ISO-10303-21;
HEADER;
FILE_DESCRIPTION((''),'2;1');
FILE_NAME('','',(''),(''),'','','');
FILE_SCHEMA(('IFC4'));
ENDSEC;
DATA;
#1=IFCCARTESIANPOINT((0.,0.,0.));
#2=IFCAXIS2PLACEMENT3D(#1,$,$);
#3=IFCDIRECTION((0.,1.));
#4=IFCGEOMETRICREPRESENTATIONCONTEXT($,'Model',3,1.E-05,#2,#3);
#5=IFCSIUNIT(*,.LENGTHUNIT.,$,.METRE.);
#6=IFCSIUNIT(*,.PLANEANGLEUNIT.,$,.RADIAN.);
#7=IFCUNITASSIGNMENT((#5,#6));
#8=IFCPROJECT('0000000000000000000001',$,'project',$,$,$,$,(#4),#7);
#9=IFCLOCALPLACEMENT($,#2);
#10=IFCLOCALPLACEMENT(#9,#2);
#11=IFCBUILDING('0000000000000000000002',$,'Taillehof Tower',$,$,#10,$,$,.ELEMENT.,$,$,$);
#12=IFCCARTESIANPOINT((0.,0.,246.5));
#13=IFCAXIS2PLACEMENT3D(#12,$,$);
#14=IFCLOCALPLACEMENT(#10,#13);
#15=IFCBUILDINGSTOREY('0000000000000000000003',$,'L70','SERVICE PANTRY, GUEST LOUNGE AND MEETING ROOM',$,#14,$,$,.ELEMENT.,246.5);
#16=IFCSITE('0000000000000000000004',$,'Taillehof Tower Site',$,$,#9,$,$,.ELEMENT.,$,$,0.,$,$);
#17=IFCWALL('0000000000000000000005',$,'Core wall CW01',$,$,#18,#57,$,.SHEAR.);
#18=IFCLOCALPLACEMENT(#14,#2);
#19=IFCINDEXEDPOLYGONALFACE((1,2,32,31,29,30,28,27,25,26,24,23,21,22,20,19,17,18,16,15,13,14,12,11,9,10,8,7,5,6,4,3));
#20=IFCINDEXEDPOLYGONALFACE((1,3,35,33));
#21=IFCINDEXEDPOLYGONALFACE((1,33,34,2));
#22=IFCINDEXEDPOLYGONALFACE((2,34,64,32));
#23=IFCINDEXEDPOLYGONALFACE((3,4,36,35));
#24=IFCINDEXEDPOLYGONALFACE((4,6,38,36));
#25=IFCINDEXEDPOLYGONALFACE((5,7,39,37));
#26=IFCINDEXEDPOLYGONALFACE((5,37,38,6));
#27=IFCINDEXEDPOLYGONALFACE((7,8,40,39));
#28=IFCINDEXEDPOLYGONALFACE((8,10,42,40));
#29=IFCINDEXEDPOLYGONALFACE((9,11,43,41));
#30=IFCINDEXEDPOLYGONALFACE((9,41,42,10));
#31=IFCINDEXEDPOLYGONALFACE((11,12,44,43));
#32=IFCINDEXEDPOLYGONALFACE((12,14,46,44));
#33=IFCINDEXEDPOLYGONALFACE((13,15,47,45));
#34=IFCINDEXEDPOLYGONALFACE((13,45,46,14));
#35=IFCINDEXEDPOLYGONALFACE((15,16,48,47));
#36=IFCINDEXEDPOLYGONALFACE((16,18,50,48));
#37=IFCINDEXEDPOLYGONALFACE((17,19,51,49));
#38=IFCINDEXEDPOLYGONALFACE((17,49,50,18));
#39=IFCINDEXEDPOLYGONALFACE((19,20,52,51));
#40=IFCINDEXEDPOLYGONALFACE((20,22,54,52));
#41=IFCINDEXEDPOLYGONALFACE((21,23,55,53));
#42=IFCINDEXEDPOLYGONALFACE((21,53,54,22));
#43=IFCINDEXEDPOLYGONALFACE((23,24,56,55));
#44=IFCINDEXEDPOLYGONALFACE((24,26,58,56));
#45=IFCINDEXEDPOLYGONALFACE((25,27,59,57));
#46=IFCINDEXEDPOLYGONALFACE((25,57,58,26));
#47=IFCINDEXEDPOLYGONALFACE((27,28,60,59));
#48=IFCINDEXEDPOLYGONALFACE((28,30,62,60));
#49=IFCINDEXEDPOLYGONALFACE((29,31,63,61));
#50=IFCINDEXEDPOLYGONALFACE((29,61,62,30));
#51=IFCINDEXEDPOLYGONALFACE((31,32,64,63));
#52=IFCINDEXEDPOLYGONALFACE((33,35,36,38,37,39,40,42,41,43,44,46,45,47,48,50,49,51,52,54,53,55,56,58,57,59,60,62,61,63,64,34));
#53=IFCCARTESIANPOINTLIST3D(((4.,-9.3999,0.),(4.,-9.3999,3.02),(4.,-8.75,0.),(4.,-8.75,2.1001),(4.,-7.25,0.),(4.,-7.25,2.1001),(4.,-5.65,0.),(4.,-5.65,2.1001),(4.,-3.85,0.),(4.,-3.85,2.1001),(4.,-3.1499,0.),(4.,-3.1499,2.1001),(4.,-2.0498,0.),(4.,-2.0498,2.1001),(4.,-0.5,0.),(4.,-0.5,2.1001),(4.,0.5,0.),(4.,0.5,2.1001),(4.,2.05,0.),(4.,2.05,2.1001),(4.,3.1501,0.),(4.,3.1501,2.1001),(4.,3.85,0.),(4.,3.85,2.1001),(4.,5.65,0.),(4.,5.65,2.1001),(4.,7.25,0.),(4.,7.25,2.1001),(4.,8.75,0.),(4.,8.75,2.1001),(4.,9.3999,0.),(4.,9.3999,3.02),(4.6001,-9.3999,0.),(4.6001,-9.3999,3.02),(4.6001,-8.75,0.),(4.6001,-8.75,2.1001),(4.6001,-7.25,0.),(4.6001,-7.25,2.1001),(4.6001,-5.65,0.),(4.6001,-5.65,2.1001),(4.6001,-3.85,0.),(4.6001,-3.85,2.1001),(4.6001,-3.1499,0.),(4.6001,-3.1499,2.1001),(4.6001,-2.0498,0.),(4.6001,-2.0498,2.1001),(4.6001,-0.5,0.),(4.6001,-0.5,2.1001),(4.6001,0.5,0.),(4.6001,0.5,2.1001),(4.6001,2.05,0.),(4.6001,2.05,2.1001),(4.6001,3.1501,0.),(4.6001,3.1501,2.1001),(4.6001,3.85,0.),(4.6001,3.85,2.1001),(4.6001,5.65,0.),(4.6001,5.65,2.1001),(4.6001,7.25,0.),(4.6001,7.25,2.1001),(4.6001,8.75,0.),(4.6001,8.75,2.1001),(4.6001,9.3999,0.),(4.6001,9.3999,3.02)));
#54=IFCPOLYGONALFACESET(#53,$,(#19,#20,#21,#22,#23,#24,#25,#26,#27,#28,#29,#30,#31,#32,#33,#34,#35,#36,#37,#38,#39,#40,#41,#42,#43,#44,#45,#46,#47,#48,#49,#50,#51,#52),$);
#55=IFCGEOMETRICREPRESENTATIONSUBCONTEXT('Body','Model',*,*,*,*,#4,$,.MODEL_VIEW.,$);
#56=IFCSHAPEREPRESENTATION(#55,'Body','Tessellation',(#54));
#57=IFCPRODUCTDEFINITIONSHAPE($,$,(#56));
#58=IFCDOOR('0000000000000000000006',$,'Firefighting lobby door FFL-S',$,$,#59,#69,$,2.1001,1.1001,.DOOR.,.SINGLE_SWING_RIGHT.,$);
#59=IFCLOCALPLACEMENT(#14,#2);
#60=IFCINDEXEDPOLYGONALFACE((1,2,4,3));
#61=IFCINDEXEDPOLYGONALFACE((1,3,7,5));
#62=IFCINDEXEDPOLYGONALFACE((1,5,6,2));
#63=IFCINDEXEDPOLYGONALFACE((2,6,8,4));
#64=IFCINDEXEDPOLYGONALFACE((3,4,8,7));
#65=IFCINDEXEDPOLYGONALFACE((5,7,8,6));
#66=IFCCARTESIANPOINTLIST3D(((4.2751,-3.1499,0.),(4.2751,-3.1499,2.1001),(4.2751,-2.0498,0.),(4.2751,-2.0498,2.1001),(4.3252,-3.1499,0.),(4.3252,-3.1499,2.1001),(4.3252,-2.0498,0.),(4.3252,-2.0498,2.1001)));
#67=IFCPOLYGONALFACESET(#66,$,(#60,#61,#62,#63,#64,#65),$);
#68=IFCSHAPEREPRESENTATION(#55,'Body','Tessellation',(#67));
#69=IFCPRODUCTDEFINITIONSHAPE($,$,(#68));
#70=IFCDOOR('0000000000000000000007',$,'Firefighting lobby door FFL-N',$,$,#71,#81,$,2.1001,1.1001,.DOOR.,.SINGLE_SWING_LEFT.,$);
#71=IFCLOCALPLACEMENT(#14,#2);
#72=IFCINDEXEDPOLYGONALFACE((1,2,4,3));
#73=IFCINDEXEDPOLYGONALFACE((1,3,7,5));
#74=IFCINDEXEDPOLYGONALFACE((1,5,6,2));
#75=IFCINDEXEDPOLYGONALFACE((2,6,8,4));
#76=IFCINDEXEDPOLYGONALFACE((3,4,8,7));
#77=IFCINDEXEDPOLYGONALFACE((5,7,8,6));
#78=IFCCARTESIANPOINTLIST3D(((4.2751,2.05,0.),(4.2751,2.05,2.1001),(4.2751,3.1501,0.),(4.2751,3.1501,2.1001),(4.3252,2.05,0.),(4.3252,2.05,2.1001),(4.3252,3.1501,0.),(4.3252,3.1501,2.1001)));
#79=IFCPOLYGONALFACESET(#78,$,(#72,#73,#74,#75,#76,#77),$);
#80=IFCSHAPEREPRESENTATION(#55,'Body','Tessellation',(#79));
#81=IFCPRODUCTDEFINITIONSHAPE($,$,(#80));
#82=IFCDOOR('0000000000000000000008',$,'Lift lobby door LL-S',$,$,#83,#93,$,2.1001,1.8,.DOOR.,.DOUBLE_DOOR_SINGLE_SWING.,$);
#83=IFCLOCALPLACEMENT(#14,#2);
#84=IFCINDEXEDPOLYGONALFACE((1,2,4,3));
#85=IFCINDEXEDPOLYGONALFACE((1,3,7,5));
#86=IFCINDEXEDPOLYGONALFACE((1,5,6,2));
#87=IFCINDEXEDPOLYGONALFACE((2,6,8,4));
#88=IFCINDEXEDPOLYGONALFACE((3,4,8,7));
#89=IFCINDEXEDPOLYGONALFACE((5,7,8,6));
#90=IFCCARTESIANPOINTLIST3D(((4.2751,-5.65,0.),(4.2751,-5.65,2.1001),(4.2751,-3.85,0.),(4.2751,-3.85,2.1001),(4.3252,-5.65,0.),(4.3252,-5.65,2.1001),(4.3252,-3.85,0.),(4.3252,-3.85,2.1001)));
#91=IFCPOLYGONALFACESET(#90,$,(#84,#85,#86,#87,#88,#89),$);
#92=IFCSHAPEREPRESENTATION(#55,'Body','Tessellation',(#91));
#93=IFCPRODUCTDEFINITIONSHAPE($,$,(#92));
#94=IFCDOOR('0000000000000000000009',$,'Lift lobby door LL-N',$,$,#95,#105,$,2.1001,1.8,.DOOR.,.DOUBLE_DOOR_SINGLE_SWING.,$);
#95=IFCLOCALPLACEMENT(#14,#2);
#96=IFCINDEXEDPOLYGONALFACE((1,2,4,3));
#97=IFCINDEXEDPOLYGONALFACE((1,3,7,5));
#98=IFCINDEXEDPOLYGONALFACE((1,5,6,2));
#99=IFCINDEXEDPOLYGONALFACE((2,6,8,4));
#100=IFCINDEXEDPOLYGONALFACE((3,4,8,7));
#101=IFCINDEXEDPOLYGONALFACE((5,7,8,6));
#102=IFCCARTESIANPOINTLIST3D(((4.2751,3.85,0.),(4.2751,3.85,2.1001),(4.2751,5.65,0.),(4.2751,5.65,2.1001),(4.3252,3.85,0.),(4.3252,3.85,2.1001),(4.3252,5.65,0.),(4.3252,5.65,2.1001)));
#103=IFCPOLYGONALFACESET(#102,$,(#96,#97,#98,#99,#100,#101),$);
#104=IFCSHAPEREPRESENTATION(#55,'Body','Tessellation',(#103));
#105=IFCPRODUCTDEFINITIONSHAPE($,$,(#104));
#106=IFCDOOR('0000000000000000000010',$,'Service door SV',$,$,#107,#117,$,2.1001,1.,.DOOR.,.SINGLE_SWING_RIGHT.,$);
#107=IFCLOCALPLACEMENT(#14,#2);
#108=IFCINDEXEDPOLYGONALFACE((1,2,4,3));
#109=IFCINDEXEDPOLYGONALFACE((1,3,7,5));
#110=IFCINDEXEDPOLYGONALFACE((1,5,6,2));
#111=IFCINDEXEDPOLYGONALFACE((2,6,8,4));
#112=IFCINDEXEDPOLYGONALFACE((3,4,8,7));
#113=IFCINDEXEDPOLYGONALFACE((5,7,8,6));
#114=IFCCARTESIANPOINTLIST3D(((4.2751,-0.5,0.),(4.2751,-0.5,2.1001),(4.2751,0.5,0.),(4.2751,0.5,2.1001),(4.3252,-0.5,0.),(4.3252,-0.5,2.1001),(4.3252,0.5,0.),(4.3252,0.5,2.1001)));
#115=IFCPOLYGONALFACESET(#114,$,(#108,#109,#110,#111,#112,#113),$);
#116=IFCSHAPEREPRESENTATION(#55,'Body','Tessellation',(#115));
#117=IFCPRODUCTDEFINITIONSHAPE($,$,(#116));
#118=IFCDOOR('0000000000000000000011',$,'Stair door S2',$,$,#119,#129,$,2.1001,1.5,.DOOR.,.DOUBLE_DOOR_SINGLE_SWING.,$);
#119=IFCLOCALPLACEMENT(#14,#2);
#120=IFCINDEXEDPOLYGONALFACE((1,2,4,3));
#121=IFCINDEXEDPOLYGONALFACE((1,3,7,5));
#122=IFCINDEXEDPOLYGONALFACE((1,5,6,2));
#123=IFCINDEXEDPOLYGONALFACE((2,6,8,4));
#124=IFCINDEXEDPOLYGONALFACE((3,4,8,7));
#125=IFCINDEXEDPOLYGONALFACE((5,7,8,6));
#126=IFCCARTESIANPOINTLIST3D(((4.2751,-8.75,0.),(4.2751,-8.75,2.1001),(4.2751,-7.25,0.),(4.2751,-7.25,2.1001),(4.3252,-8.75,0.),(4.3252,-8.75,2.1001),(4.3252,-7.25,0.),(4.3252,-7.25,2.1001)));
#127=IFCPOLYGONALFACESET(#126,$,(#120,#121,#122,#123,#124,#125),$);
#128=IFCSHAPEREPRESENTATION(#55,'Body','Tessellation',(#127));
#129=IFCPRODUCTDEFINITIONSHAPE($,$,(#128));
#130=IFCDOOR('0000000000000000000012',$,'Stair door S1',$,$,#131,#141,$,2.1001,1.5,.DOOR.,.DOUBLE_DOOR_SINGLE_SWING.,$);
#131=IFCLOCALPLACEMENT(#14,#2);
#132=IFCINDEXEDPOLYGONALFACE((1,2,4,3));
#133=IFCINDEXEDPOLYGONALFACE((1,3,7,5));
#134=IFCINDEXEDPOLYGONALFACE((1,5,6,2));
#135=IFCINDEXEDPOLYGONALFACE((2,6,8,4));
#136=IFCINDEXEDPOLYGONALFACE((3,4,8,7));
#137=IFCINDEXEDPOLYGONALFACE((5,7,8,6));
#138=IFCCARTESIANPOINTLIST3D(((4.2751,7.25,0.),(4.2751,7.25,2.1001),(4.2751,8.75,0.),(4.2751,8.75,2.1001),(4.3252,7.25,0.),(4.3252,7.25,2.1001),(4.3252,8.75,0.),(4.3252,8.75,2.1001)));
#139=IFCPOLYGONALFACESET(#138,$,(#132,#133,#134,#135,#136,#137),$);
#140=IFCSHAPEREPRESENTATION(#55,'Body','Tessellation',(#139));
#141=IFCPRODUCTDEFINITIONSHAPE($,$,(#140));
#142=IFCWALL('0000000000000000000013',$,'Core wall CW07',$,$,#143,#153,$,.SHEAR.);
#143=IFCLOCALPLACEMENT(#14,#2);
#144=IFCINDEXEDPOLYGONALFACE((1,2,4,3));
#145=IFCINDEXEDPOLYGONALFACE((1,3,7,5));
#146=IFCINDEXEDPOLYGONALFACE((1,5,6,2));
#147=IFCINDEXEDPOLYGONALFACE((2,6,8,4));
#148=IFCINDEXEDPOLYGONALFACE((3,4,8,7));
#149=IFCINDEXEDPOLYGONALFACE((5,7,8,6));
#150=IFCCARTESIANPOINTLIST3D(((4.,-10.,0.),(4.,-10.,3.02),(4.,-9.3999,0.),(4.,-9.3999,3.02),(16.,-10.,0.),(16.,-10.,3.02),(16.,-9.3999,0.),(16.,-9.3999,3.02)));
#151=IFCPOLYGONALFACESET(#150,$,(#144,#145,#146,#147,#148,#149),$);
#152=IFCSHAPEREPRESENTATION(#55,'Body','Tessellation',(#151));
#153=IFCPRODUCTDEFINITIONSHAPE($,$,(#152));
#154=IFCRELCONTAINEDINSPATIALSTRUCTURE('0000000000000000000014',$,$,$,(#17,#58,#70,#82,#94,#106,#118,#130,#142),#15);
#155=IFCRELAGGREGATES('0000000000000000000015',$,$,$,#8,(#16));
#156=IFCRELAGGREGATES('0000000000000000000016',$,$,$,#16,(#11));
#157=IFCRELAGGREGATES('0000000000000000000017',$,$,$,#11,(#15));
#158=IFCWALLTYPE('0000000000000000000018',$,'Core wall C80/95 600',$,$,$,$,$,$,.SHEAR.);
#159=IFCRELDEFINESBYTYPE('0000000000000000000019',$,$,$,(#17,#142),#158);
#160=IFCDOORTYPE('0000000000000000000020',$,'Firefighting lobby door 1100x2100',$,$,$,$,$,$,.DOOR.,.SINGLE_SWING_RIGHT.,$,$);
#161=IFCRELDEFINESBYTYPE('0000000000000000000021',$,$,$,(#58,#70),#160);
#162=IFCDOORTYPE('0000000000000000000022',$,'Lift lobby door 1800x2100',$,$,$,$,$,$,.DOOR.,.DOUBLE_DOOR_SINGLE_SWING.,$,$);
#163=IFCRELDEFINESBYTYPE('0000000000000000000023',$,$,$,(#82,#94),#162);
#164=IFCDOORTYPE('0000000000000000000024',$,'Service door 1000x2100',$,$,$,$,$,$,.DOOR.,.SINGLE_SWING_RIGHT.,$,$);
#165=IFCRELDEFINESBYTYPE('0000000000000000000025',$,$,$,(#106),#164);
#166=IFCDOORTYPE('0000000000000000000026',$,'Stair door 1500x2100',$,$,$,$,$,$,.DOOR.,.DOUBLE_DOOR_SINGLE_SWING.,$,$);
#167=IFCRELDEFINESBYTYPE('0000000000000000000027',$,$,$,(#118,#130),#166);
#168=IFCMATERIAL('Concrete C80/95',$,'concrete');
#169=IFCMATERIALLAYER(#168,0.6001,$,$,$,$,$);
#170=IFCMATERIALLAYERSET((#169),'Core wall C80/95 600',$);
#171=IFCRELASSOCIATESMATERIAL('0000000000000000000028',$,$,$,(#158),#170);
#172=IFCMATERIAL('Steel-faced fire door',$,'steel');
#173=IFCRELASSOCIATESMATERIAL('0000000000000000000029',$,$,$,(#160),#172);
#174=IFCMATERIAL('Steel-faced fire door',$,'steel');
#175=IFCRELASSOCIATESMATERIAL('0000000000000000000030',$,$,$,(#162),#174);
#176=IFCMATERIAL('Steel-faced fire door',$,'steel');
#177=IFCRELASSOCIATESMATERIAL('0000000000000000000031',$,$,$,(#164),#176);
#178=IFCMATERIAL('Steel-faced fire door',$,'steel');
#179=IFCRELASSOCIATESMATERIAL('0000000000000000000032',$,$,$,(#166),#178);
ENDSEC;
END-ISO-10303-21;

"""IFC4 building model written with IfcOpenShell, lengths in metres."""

from ifc_helpers import new_model, si_unit, direction, frame, frame_2d, origin, place, context, subcontext, project, spatial, rectangle, extrude, material, layer, layer_set, type_object, element, fill, save


model = new_model("IFC4")

# Units and contexts
model_context = context("Model", 3, precision=1e-05, world=origin(), true_north=direction((0.0, 1.0)))
body_context = subcontext(model_context, "Body", "Model", "MODEL_VIEW")
ifc_project = project(units=[si_unit("LENGTHUNIT", "METRE"), si_unit("PLANEANGLEUNIT", "RADIAN")], contexts=[model_context])

# Site, building, storey
site_placement = place(None, origin())
site = spatial("IfcSite", under=ifc_project, at=site_placement, Name="Taillehof Tower Site", CompositionType="ELEMENT", RefElevation=0.0)
building_placement = place(site_placement, origin())
building = spatial("IfcBuilding", under=site, at=building_placement, Name="Taillehof Tower", CompositionType="ELEMENT")
storey_placement = place(building_placement, frame((0.0, 0.0, 246.5)))
storey = spatial("IfcBuildingStorey", under=building, at=storey_placement, Name="L70", Description="SERVICE PANTRY, GUEST LOUNGE AND MEETING ROOM", CompositionType="ELEMENT", Elevation=246.5)

# Wall, openings, doors
ifc_material_1 = material(Name="Concrete C80/95", Category="concrete")
ifc_layer_1 = layer(ifc_material_1, 0.6001)
ifc_layer_set_1 = layer_set([ifc_layer_1], Name="Core wall C80/95 600")
wall_type_1 = type_object("IfcWallType", Name="Core wall C80/95 600", PredefinedType="SHEAR", material=ifc_layer_set_1)
wall_1_placement = place(storey_placement, frame((4.3, -9.3999, 0.0), z_axis=(0.0, 0.0, 1.0), x_axis=(0.0, 1.0, 0.0)))
wall_1 = element("IfcWall", 1, at=wall_1_placement, inside=storey, type_object=wall_type_1, Name="Core wall CW01", PredefinedType="SHEAR", context=body_context, shape_type="SweptSolid", body=[
    extrude(rectangle(XDim=18.7998, YDim=0.6001, at=frame_2d((9.3999, 0.0))), origin(), (0.0, 0.0, 1.0), 3.02),
])
opening_1_placement = place(wall_1_placement, frame((0.6499, 0.0, 0.0)))
opening_1 = element("IfcOpeningElement", 2, at=opening_1_placement, cuts=wall_1, PredefinedType="OPENING", context=body_context, shape_type="SweptSolid", body=[
    extrude(rectangle(XDim=1.5, YDim=2.1001, at=frame_2d((0.75, 1.05))), frame((0.0, 0.3101, 0.0), z_axis=(0.0, -1.0, 0.0), x_axis=(1.0, 0.0, 0.0)), (0.0, 0.0, 1.0), 0.6201),
])
opening_2_placement = place(wall_1_placement, frame((3.75, 0.0, 0.0)))
opening_2 = element("IfcOpeningElement", 3, at=opening_2_placement, cuts=wall_1, PredefinedType="OPENING", context=body_context, shape_type="SweptSolid", body=[
    extrude(rectangle(XDim=1.8, YDim=2.1001, at=frame_2d((0.8999, 1.05))), frame((0.0, 0.3101, 0.0), z_axis=(0.0, -1.0, 0.0), x_axis=(1.0, 0.0, 0.0)), (0.0, 0.0, 1.0), 0.6201),
])
opening_3_placement = place(wall_1_placement, frame((6.25, 0.0, 0.0)))
opening_3 = element("IfcOpeningElement", 4, at=opening_3_placement, cuts=wall_1, PredefinedType="OPENING", context=body_context, shape_type="SweptSolid", body=[
    extrude(rectangle(XDim=1.1001, YDim=2.1001, at=frame_2d((0.55, 1.05))), frame((0.0, 0.3101, 0.0), z_axis=(0.0, -1.0, 0.0), x_axis=(1.0, 0.0, 0.0)), (0.0, 0.0, 1.0), 0.6201),
])
opening_4_placement = place(wall_1_placement, frame((8.8999, 0.0, 0.0)))
opening_4 = element("IfcOpeningElement", 5, at=opening_4_placement, cuts=wall_1, PredefinedType="OPENING", context=body_context, shape_type="SweptSolid", body=[
    extrude(rectangle(XDim=1.0, YDim=2.1001, at=frame_2d((0.5, 1.05))), frame((0.0, 0.3101, 0.0), z_axis=(0.0, -1.0, 0.0), x_axis=(1.0, 0.0, 0.0)), (0.0, 0.0, 1.0), 0.6201),
])
opening_5_placement = place(wall_1_placement, frame((11.45, 0.0, 0.0)))
opening_5 = element("IfcOpeningElement", 6, at=opening_5_placement, cuts=wall_1, PredefinedType="OPENING", context=body_context, shape_type="SweptSolid", body=[
    extrude(rectangle(XDim=1.1001, YDim=2.1001, at=frame_2d((0.55, 1.05))), frame((0.0, 0.3101, 0.0), z_axis=(0.0, -1.0, 0.0), x_axis=(1.0, 0.0, 0.0)), (0.0, 0.0, 1.0), 0.6201),
])
opening_6_placement = place(wall_1_placement, frame((13.25, 0.0, 0.0)))
opening_6 = element("IfcOpeningElement", 7, at=opening_6_placement, cuts=wall_1, PredefinedType="OPENING", context=body_context, shape_type="SweptSolid", body=[
    extrude(rectangle(XDim=1.8, YDim=2.1001, at=frame_2d((0.8999, 1.05))), frame((0.0, 0.3101, 0.0), z_axis=(0.0, -1.0, 0.0), x_axis=(1.0, 0.0, 0.0)), (0.0, 0.0, 1.0), 0.6201),
])
opening_7_placement = place(wall_1_placement, frame((16.6499, 0.0, 0.0)))
opening_7 = element("IfcOpeningElement", 8, at=opening_7_placement, cuts=wall_1, PredefinedType="OPENING", context=body_context, shape_type="SweptSolid", body=[
    extrude(rectangle(XDim=1.5, YDim=2.1001, at=frame_2d((0.75, 1.05))), frame((0.0, 0.3101, 0.0), z_axis=(0.0, -1.0, 0.0), x_axis=(1.0, 0.0, 0.0)), (0.0, 0.0, 1.0), 0.6201),
])
ifc_material_2 = material(Name="Steel-faced fire door", Category="steel")
door_type_1 = type_object("IfcDoorType", Name="Firefighting lobby door 1100x2100", OperationType="SINGLE_SWING_RIGHT", PredefinedType="DOOR", material=ifc_material_2)
door_1_placement = place(opening_3_placement, origin())
door_1 = element("IfcDoor", 9, at=door_1_placement, inside=storey, type_object=door_type_1, Name="Firefighting lobby door FFL-S", OperationType="SINGLE_SWING_RIGHT", OverallHeight=2.1001, OverallWidth=1.1001, PredefinedType="DOOR", context=body_context, shape_type="SweptSolid", body=[
    extrude(rectangle(XDim=1.1001, YDim=2.1001, at=frame_2d((0.55, 1.05))), frame((0.0, 0.0249, 0.0), z_axis=(0.0, -1.0, 0.0), x_axis=(1.0, 0.0, 0.0)), (0.0, 0.0, 1.0), 0.05),
])
fill(opening_3, door_1)
door_2_placement = place(opening_5_placement, origin())
door_2 = element("IfcDoor", 10, at=door_2_placement, inside=storey, type_object=door_type_1, Name="Firefighting lobby door FFL-N", OperationType="SINGLE_SWING_LEFT", OverallHeight=2.1001, OverallWidth=1.1001, PredefinedType="DOOR", context=body_context, shape_type="SweptSolid", body=[
    extrude(rectangle(XDim=1.1001, YDim=2.1001, at=frame_2d((0.55, 1.05))), frame((0.0, 0.0249, 0.0), z_axis=(0.0, -1.0, 0.0), x_axis=(1.0, 0.0, 0.0)), (0.0, 0.0, 1.0), 0.05),
])
fill(opening_5, door_2)
ifc_material_3 = material(Name="Steel-faced fire door", Category="steel")
door_type_2 = type_object("IfcDoorType", Name="Lift lobby door 1800x2100", OperationType="DOUBLE_DOOR_SINGLE_SWING", PredefinedType="DOOR", material=ifc_material_3)
door_3_placement = place(opening_2_placement, origin())
door_3 = element("IfcDoor", 11, at=door_3_placement, inside=storey, type_object=door_type_2, Name="Lift lobby door LL-S", OperationType="DOUBLE_DOOR_SINGLE_SWING", OverallHeight=2.1001, OverallWidth=1.8, PredefinedType="DOOR", context=body_context, shape_type="SweptSolid", body=[
    extrude(rectangle(XDim=1.8, YDim=2.1001, at=frame_2d((0.8999, 1.05))), frame((0.0, 0.0249, 0.0), z_axis=(0.0, -1.0, 0.0), x_axis=(1.0, 0.0, 0.0)), (0.0, 0.0, 1.0), 0.05),
])
fill(opening_2, door_3)
door_4_placement = place(opening_6_placement, origin())
door_4 = element("IfcDoor", 12, at=door_4_placement, inside=storey, type_object=door_type_2, Name="Lift lobby door LL-N", OperationType="DOUBLE_DOOR_SINGLE_SWING", OverallHeight=2.1001, OverallWidth=1.8, PredefinedType="DOOR", context=body_context, shape_type="SweptSolid", body=[
    extrude(rectangle(XDim=1.8, YDim=2.1001, at=frame_2d((0.8999, 1.05))), frame((0.0, 0.0249, 0.0), z_axis=(0.0, -1.0, 0.0), x_axis=(1.0, 0.0, 0.0)), (0.0, 0.0, 1.0), 0.05),
])
fill(opening_6, door_4)
ifc_material_4 = material(Name="Steel-faced fire door", Category="steel")
door_type_3 = type_object("IfcDoorType", Name="Service door 1000x2100", OperationType="SINGLE_SWING_RIGHT", PredefinedType="DOOR", material=ifc_material_4)
door_5_placement = place(opening_4_placement, origin())
door_5 = element("IfcDoor", 13, at=door_5_placement, inside=storey, type_object=door_type_3, Name="Service door SV", OperationType="SINGLE_SWING_RIGHT", OverallHeight=2.1001, OverallWidth=1.0, PredefinedType="DOOR", context=body_context, shape_type="SweptSolid", body=[
    extrude(rectangle(XDim=1.0, YDim=2.1001, at=frame_2d((0.5, 1.05))), frame((0.0, 0.0249, 0.0), z_axis=(0.0, -1.0, 0.0), x_axis=(1.0, 0.0, 0.0)), (0.0, 0.0, 1.0), 0.05),
])
fill(opening_4, door_5)
ifc_material_5 = material(Name="Steel-faced fire door", Category="steel")
door_type_4 = type_object("IfcDoorType", Name="Stair door 1500x2100", OperationType="DOUBLE_DOOR_SINGLE_SWING", PredefinedType="DOOR", material=ifc_material_5)
door_6_placement = place(opening_1_placement, origin())
door_6 = element("IfcDoor", 14, at=door_6_placement, inside=storey, type_object=door_type_4, Name="Stair door S2", OperationType="DOUBLE_DOOR_SINGLE_SWING", OverallHeight=2.1001, OverallWidth=1.5, PredefinedType="DOOR", context=body_context, shape_type="SweptSolid", body=[
    extrude(rectangle(XDim=1.5, YDim=2.1001, at=frame_2d((0.75, 1.05))), frame((0.0, 0.0249, 0.0), z_axis=(0.0, -1.0, 0.0), x_axis=(1.0, 0.0, 0.0)), (0.0, 0.0, 1.0), 0.05),
])
fill(opening_1, door_6)
door_7_placement = place(opening_7_placement, origin())
door_7 = element("IfcDoor", 15, at=door_7_placement, inside=storey, type_object=door_type_4, Name="Stair door S1", OperationType="DOUBLE_DOOR_SINGLE_SWING", OverallHeight=2.1001, OverallWidth=1.5, PredefinedType="DOOR", context=body_context, shape_type="SweptSolid", body=[
    extrude(rectangle(XDim=1.5, YDim=2.1001, at=frame_2d((0.75, 1.05))), frame((0.0, 0.0249, 0.0), z_axis=(0.0, -1.0, 0.0), x_axis=(1.0, 0.0, 0.0)), (0.0, 0.0, 1.0), 0.05),
])
fill(opening_7, door_7)

# Wall
wall_2_placement = place(storey_placement, frame((4.0, -9.7, 0.0), z_axis=(0.0, 0.0, 1.0), x_axis=(1.0, 0.0, 0.0)))
element("IfcWall", 16, at=wall_2_placement, inside=storey, type_object=wall_type_1, Name="Core wall CW07", PredefinedType="SHEAR", context=body_context, shape_type="SweptSolid", body=[
    extrude(rectangle(XDim=12.0, YDim=0.6001, at=frame_2d((6.0, 0.0))), origin(), (0.0, 0.0, 1.0), 3.02),
])

save(model, "model.ifc")
